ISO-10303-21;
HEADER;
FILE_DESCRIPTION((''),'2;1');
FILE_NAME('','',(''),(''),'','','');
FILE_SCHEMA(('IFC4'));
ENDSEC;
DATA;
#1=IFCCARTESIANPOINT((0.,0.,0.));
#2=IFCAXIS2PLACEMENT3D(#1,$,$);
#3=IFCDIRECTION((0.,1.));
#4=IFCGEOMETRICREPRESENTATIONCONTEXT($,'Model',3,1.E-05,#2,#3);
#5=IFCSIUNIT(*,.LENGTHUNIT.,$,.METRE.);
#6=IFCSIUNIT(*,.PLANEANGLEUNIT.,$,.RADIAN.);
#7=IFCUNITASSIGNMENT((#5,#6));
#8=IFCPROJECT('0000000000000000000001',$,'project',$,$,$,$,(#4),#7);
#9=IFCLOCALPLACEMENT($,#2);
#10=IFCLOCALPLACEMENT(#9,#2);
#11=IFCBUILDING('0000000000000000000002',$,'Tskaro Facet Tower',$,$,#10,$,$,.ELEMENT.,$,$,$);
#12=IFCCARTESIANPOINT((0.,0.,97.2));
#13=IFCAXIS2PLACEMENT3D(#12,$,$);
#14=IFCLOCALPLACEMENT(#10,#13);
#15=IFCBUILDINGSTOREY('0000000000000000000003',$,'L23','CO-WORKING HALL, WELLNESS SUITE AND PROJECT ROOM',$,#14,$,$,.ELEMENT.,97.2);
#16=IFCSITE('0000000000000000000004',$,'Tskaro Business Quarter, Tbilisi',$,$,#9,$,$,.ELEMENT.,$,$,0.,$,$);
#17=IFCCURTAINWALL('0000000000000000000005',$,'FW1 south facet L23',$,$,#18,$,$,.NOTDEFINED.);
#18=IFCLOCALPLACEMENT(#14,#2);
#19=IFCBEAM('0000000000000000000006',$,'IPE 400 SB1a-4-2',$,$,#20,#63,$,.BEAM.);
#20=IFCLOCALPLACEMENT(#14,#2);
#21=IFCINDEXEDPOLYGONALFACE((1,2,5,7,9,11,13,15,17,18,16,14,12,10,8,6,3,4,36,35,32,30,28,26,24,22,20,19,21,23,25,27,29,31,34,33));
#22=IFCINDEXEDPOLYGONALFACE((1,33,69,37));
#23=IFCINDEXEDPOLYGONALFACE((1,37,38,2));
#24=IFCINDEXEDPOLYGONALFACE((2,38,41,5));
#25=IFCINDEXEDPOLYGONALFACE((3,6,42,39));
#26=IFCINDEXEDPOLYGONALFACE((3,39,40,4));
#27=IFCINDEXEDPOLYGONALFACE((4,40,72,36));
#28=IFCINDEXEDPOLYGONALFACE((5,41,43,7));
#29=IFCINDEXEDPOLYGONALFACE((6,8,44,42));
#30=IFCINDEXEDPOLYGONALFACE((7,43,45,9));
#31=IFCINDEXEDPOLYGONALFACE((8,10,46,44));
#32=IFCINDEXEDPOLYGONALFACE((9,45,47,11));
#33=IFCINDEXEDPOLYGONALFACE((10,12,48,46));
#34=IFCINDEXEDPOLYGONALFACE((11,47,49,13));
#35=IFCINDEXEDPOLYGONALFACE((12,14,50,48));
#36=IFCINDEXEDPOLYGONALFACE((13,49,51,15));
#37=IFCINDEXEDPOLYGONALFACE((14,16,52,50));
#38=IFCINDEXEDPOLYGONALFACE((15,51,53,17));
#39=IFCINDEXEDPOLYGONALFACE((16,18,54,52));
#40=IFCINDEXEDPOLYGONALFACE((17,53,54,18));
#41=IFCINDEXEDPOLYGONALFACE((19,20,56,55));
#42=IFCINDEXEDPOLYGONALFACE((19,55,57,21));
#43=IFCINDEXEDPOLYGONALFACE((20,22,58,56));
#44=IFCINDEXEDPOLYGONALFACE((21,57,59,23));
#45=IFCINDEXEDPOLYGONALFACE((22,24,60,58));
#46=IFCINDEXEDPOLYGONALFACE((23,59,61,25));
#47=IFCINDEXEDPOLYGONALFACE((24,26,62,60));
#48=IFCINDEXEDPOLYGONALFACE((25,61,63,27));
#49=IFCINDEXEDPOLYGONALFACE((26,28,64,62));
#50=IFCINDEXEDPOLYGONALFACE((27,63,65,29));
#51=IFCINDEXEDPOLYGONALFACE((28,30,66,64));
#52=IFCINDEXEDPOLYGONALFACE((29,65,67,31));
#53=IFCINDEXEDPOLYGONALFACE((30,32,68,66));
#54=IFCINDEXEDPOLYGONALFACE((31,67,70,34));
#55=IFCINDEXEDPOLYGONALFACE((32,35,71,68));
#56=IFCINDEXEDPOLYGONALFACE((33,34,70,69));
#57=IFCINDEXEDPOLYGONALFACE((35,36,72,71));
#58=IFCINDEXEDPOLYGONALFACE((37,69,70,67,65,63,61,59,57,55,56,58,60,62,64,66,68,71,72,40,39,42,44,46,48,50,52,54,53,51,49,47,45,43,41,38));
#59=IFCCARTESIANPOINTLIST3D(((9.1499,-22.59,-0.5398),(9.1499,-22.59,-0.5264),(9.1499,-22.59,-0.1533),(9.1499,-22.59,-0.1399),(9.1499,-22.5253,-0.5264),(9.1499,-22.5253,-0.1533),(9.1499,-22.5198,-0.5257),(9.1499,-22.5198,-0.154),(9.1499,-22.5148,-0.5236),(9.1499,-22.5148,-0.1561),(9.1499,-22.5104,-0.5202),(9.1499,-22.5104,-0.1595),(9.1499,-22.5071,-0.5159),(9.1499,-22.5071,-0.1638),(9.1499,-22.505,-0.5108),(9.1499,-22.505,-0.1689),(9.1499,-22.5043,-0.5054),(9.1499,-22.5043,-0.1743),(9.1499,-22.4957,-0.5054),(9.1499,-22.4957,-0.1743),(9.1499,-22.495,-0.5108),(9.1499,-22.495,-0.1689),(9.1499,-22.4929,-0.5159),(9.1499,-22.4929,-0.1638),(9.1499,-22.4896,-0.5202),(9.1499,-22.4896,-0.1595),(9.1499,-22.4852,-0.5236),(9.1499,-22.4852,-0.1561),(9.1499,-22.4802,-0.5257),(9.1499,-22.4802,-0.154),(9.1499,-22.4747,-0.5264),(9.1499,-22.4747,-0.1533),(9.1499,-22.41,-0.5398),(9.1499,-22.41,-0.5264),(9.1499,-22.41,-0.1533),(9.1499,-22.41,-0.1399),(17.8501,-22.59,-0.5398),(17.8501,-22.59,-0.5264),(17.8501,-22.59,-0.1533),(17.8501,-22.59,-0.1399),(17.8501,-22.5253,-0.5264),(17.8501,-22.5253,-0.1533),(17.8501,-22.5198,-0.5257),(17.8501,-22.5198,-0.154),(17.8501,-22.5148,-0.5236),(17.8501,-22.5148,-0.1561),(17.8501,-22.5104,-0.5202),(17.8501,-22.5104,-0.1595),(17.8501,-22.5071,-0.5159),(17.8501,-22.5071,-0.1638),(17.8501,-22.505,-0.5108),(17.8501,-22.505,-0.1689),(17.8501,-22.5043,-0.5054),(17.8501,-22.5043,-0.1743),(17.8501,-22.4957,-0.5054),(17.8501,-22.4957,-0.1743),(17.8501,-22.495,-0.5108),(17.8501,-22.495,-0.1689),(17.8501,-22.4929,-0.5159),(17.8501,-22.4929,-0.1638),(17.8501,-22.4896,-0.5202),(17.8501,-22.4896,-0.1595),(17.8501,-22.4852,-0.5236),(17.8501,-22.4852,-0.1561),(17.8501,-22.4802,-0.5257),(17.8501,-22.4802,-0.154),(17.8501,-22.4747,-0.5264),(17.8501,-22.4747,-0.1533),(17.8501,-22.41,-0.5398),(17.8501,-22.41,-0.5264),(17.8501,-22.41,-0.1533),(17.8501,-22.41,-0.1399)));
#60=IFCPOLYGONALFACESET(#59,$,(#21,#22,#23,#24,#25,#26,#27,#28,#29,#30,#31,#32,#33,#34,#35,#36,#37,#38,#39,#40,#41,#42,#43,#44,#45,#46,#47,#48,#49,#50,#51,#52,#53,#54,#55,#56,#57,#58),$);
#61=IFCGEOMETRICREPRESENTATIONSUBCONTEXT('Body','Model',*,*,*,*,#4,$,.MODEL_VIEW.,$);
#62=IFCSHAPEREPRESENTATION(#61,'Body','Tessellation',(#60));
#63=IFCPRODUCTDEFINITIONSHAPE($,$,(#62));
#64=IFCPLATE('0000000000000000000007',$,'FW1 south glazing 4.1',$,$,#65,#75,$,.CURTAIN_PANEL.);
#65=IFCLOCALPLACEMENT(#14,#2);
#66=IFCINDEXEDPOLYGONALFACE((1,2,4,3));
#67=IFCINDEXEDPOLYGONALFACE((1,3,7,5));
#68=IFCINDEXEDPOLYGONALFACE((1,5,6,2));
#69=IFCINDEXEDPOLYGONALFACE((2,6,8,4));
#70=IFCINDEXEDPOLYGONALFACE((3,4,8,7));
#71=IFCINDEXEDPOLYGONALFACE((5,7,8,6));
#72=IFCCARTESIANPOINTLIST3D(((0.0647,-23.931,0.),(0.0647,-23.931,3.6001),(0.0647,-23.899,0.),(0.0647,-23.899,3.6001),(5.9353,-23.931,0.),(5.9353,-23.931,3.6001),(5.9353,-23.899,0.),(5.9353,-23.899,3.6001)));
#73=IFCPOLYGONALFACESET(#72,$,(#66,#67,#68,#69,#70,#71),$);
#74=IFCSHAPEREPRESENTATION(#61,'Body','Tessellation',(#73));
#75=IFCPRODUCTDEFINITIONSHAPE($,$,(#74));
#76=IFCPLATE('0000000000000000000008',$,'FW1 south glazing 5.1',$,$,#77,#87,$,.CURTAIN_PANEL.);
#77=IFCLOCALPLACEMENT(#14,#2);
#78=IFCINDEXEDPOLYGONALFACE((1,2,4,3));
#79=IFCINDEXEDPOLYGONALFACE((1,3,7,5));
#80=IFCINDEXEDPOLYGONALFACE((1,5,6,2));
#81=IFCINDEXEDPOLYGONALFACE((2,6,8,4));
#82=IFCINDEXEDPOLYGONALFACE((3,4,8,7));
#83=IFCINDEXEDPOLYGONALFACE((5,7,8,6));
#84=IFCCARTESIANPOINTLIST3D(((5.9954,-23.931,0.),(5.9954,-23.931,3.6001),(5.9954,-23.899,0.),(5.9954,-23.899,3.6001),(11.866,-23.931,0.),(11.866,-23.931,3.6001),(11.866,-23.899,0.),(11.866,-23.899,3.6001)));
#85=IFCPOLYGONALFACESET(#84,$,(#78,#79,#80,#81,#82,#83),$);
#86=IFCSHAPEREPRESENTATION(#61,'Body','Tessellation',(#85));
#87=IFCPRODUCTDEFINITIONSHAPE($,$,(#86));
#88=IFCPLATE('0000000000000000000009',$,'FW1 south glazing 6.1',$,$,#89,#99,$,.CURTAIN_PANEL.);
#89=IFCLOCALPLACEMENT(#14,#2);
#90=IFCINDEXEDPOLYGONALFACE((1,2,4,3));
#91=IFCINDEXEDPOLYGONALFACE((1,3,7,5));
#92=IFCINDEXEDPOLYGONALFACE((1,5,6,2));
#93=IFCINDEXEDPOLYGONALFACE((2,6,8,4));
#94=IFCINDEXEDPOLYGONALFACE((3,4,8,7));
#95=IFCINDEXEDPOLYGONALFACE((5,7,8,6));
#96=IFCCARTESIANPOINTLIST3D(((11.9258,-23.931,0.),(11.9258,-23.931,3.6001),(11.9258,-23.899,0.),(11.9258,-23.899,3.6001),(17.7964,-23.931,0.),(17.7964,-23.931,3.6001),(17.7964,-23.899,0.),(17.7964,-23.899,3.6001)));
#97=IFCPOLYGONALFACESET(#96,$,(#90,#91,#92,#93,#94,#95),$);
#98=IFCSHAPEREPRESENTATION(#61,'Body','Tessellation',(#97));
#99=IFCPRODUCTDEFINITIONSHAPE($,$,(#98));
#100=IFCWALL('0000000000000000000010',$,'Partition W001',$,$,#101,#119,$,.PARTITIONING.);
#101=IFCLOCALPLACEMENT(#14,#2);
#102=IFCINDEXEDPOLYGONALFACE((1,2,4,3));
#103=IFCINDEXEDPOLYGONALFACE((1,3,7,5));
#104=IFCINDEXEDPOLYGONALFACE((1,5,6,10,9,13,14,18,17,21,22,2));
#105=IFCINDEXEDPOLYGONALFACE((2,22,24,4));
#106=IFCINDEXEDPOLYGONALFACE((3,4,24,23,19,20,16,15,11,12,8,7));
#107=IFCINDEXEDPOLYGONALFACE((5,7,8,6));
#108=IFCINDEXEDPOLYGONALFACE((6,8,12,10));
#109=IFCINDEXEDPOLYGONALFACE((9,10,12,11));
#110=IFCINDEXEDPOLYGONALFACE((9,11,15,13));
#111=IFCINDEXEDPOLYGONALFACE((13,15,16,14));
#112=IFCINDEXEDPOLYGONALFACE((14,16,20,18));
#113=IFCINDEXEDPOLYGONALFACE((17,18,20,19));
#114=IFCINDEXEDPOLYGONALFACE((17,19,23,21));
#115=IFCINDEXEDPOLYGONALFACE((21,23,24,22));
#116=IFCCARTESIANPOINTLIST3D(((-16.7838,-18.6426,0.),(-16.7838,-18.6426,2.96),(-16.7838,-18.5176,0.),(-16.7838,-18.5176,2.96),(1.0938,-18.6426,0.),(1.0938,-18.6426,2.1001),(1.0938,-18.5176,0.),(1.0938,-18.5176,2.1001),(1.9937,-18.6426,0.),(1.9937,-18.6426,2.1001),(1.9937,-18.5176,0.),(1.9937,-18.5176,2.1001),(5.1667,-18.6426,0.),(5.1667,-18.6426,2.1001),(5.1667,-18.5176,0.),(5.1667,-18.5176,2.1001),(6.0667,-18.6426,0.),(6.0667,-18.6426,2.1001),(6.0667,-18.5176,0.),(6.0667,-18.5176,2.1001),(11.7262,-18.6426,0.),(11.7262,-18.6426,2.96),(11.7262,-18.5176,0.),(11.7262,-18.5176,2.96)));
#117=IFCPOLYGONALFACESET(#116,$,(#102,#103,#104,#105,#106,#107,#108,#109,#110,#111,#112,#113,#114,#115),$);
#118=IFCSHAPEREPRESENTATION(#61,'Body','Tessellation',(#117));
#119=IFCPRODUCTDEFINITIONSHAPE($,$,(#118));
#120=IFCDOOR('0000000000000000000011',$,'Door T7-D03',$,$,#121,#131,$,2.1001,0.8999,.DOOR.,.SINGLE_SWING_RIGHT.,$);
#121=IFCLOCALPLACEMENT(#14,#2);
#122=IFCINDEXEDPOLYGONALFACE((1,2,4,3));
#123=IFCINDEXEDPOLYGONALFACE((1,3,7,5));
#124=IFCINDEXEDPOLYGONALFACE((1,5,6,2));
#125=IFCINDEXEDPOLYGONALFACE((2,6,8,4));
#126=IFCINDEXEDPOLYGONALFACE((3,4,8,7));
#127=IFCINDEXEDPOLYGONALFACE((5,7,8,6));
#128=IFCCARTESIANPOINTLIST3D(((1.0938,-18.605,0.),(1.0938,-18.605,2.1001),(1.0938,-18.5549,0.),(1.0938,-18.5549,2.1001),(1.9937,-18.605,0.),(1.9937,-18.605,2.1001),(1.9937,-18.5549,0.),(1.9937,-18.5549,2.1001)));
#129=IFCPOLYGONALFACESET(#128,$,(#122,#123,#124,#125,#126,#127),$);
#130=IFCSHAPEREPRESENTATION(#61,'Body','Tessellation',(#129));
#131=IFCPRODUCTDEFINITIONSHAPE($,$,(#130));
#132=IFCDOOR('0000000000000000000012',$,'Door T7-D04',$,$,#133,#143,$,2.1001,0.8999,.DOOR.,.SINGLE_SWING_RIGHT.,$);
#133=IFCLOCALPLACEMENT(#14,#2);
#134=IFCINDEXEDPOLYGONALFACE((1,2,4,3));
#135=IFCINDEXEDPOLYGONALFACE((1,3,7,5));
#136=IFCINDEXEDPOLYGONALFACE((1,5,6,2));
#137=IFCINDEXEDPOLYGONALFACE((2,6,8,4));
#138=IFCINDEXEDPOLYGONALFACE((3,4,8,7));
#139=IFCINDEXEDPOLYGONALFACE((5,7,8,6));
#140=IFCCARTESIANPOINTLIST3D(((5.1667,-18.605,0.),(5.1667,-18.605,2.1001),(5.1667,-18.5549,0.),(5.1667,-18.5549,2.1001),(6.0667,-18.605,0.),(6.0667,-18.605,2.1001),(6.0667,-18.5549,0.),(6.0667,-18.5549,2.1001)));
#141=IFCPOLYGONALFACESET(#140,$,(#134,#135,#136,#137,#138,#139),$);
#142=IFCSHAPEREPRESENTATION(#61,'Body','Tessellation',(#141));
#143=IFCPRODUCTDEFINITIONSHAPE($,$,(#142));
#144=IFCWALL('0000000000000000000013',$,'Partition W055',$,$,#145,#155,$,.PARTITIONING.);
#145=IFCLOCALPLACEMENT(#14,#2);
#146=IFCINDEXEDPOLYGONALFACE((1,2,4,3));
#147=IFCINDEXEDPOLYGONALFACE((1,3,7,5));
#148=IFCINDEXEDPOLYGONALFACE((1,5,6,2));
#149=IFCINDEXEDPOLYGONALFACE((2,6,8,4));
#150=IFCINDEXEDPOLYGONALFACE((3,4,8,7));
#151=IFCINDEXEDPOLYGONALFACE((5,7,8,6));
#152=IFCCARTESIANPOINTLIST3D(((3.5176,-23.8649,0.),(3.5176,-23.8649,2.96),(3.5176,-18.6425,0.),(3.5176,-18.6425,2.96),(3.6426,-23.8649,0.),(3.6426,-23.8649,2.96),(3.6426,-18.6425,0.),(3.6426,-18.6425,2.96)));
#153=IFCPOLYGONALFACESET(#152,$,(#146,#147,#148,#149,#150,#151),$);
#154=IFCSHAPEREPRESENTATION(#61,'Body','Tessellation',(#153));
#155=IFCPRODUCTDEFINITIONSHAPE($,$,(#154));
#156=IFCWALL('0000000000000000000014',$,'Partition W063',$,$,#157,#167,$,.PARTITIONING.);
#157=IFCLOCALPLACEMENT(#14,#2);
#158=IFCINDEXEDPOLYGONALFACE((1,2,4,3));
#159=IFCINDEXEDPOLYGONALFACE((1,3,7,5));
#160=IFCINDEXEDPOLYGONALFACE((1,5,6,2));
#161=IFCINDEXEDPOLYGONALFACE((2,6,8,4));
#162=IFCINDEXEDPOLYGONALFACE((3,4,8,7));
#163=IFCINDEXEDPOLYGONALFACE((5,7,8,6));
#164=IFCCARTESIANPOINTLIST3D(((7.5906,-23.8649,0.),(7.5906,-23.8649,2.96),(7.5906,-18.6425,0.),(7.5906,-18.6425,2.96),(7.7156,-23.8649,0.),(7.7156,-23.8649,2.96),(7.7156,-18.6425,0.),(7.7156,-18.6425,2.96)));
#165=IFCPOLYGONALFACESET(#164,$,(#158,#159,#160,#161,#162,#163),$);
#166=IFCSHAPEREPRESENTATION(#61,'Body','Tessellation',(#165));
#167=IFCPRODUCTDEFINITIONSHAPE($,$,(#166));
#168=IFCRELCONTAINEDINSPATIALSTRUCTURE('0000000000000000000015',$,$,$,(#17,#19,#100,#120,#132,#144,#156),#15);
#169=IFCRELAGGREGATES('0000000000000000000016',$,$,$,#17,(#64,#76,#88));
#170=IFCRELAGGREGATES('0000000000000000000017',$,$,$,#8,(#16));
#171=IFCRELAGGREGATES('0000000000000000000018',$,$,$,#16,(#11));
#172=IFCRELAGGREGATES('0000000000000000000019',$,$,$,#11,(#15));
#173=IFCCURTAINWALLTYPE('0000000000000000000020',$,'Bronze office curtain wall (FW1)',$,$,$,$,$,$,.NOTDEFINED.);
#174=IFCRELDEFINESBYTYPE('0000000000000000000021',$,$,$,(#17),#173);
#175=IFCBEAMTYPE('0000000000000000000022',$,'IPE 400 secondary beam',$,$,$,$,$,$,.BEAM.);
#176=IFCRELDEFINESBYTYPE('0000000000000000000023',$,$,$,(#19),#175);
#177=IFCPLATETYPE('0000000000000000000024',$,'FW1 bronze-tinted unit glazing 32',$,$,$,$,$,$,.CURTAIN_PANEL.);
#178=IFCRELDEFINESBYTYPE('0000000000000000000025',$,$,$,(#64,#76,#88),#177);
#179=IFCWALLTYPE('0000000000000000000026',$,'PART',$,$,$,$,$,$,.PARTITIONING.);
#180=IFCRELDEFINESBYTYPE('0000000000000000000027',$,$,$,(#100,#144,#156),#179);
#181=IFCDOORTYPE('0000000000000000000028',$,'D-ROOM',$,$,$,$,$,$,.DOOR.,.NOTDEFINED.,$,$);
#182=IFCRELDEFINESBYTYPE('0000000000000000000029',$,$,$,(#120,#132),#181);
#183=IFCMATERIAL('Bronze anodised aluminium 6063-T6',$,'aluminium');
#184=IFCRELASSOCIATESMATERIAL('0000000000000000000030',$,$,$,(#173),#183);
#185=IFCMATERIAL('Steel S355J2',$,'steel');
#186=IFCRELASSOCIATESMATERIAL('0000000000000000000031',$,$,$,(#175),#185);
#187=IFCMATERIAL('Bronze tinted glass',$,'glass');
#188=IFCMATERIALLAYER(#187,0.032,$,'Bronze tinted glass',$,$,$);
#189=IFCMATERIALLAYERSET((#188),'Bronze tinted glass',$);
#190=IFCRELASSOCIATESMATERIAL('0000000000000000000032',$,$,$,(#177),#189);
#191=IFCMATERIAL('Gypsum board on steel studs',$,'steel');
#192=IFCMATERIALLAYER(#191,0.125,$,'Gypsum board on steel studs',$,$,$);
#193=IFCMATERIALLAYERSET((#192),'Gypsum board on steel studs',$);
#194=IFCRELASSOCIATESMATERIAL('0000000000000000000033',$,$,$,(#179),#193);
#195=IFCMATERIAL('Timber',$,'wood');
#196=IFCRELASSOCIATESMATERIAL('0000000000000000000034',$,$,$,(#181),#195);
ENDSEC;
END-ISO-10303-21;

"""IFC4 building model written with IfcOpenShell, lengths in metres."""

from ifc_helpers import new_model, si_unit, direction, frame, frame_2d, origin, origin_2d, place, context, subcontext, project, spatial, rectangle, i_section, extrude, material, layer, layer_set, material_profile, profile_set, type_object, element, fill, aggregate, save


model = new_model("IFC4")

# Units and contexts
model_context = context("Model", 3, precision=1e-05, world=origin(), true_north=direction((0.0, 1.0)))
body_context = subcontext(model_context, "Body", "Model", "MODEL_VIEW")
ifc_project = project(units=[si_unit("LENGTHUNIT", "METRE"), si_unit("PLANEANGLEUNIT", "RADIAN")], contexts=[model_context])

# Site, building, storey
site_placement = place(None, origin())
site = spatial("IfcSite", under=ifc_project, at=site_placement, Name="Tskaro Business Quarter, Tbilisi", CompositionType="ELEMENT", RefElevation=0.0)
building_placement = place(site_placement, origin())
building = spatial("IfcBuilding", under=site, at=building_placement, Name="Tskaro Facet Tower", CompositionType="ELEMENT")
storey_placement = place(building_placement, frame((0.0, 0.0, 97.2)))
storey = spatial("IfcBuildingStorey", under=building, at=storey_placement, Name="L23", Description="CO-WORKING HALL, WELLNESS SUITE AND PROJECT ROOM", CompositionType="ELEMENT", Elevation=97.2)

# Curtain wall
ifc_material_1 = material(Name="Bronze anodised aluminium 6063-T6", Category="aluminium")
curtain_wall_type = type_object("IfcCurtainWallType", Name="Bronze office curtain wall (FW1)", PredefinedType="NOTDEFINED", material=ifc_material_1)
curtain_wall_placement = place(storey_placement, origin())
curtain_wall = element("IfcCurtainWall", 1, at=curtain_wall_placement, inside=storey, type_object=curtain_wall_type, Name="FW1 south facet L23", PredefinedType="NOTDEFINED")

# Beam
ifc_material_2 = material(Name="Steel S355J2", Category="steel")
ifc_material_profile_1 = material_profile(ifc_material_2, i_section(OverallWidth=0.1799, OverallDepth=0.3999, WebThickness=0.0085, FlangeThickness=0.0134, FilletRadius=0.021, at=origin_2d()), Name="IPE 400")
ifc_profile_set_1 = profile_set([ifc_material_profile_1], Name="Steel S355J2")
beam_type_1 = type_object("IfcBeamType", Name="IPE 400 secondary beam", PredefinedType="BEAM", material=ifc_profile_set_1)
beam_1_placement = place(storey_placement, frame((9.1499, -22.5, -0.3398), z_axis=(1.0, 0.0, 0.0), x_axis=(0.0, 1.0, 0.0)))
element("IfcBeam", 2, at=beam_1_placement, inside=storey, type_object=beam_type_1, Name="IPE 400 SB1a-4-2", PredefinedType="BEAM", context=body_context, shape_type="SweptSolid", body=[
    extrude(i_section(OverallWidth=0.1799, OverallDepth=0.3999, WebThickness=0.0085, FlangeThickness=0.0134, FilletRadius=0.021, at=origin_2d()), origin(), (0.0, 0.0, 1.0), 8.7002),
])

# Plates
ifc_material_3 = material(Name="Bronze tinted glass", Category="glass")
ifc_layer_1 = layer(ifc_material_3, 0.032, Name="Bronze tinted glass")
ifc_layer_set_1 = layer_set([ifc_layer_1], Name="Bronze tinted glass")
plate_type = type_object("IfcPlateType", Name="FW1 bronze-tinted unit glazing 32", PredefinedType="CURTAIN_PANEL", material=ifc_layer_set_1)
plate_1_placement = place(storey_placement, frame((3.0, -23.915, 0.0), z_axis=(0.0, 0.0, 1.0), x_axis=(1.0, 0.0, 0.0)))
plate_1 = element("IfcPlate", 3, at=plate_1_placement, type_object=plate_type, Name="FW1 south glazing 4.1", PredefinedType="CURTAIN_PANEL", context=body_context, shape_type="SweptSolid", body=[
    extrude(rectangle(XDim=5.8706, YDim=0.032, at=origin_2d()), origin(), (0.0, 0.0, 1.0), 3.6001),
])
plate_2_placement = place(storey_placement, frame((8.9307, -23.915, 0.0), z_axis=(0.0, 0.0, 1.0), x_axis=(1.0, 0.0, 0.0)))
plate_2 = element("IfcPlate", 4, at=plate_2_placement, type_object=plate_type, Name="FW1 south glazing 5.1", PredefinedType="CURTAIN_PANEL", context=body_context, shape_type="SweptSolid", body=[
    extrude(rectangle(XDim=5.8706, YDim=0.032, at=origin_2d()), origin(), (0.0, 0.0, 1.0), 3.6001),
])
plate_3_placement = place(storey_placement, frame((14.8611, -23.915, 0.0), z_axis=(0.0, 0.0, 1.0), x_axis=(1.0, 0.0, 0.0)))
plate_3 = element("IfcPlate", 5, at=plate_3_placement, type_object=plate_type, Name="FW1 south glazing 6.1", PredefinedType="CURTAIN_PANEL", context=body_context, shape_type="SweptSolid", body=[
    extrude(rectangle(XDim=5.8706, YDim=0.032, at=origin_2d()), origin(), (0.0, 0.0, 1.0), 3.6001),
])
aggregate(curtain_wall, [plate_1, plate_2, plate_3])

# Wall, openings, doors
ifc_material_4 = material(Name="Gypsum board on steel studs", Category="steel")
ifc_layer_2 = layer(ifc_material_4, 0.125, Name="Gypsum board on steel studs")
ifc_layer_set_2 = layer_set([ifc_layer_2], Name="Gypsum board on steel studs")
wall_type = type_object("IfcWallType", Name="PART", PredefinedType="PARTITIONING", material=ifc_layer_set_2)
wall_1_placement = place(storey_placement, frame((11.7261, -18.5801, 0.0), z_axis=(0.0, 0.0, 1.0), x_axis=(-1.0, 0.0, 0.0)))
wall_1 = element("IfcWall", 6, at=wall_1_placement, inside=storey, type_object=wall_type, Name="Partition W001", PredefinedType="PARTITIONING", context=body_context, shape_type="SweptSolid", body=[
    extrude(rectangle(XDim=28.51, YDim=0.125, at=frame_2d((14.2549, 0.0))), origin(), (0.0, 0.0, 1.0), 2.96),
])
opening_1_placement = place(wall_1_placement, frame((9.7324, 0.0, 0.0)))
opening_1 = element("IfcOpeningElement", 7, at=opening_1_placement, cuts=wall_1, PredefinedType="OPENING", context=body_context, shape_type="SweptSolid", body=[
    extrude(rectangle(XDim=0.8999, YDim=2.1001, at=frame_2d((0.45, 1.05))), frame((0.0, 0.0725, 0.0), z_axis=(0.0, -1.0, 0.0), x_axis=(1.0, 0.0, 0.0)), (0.0, 0.0, 1.0), 0.145),
])
opening_2_placement = place(wall_1_placement, frame((5.6594, 0.0, 0.0)))
opening_2 = element("IfcOpeningElement", 8, at=opening_2_placement, cuts=wall_1, PredefinedType="OPENING", context=body_context, shape_type="SweptSolid", body=[
    extrude(rectangle(XDim=0.8999, YDim=2.1001, at=frame_2d((0.45, 1.05))), frame((0.0, 0.0725, 0.0), z_axis=(0.0, -1.0, 0.0), x_axis=(1.0, 0.0, 0.0)), (0.0, 0.0, 1.0), 0.145),
])
ifc_material_5 = material(Name="Timber", Category="wood")
door_type = type_object("IfcDoorType", Name="D-ROOM", OperationType="NOTDEFINED", PredefinedType="DOOR", material=ifc_material_5)
door_1_placement = place(opening_1_placement, origin())
door_1 = element("IfcDoor", 9, at=door_1_placement, inside=storey, type_object=door_type, Name="Door T7-D03", OperationType="SINGLE_SWING_RIGHT", OverallHeight=2.1001, OverallWidth=0.8999, PredefinedType="DOOR", context=body_context, shape_type="SweptSolid", body=[
    extrude(rectangle(XDim=0.8999, YDim=2.1001, at=frame_2d((0.45, 1.05))), frame((0.0, 0.0249, 0.0), z_axis=(0.0, -1.0, 0.0), x_axis=(1.0, 0.0, 0.0)), (0.0, 0.0, 1.0), 0.05),
])
fill(opening_1, door_1)
door_2_placement = place(opening_2_placement, origin())
door_2 = element("IfcDoor", 10, at=door_2_placement, inside=storey, type_object=door_type, Name="Door T7-D04", OperationType="SINGLE_SWING_RIGHT", OverallHeight=2.1001, OverallWidth=0.8999, PredefinedType="DOOR", context=body_context, shape_type="SweptSolid", body=[
    extrude(rectangle(XDim=0.8999, YDim=2.1001, at=frame_2d((0.45, 1.05))), frame((0.0, 0.0249, 0.0), z_axis=(0.0, -1.0, 0.0), x_axis=(1.0, 0.0, 0.0)), (0.0, 0.0, 1.0), 0.05),
])
fill(opening_2, door_2)

# Walls
for number, where, z_axis, x_axis, name in (
    (11, (3.5801, -23.865, 0.0), (0.0, 0.0, 1.0), (0.0, 1.0, 0.0), "Partition W055"),
    (12, (7.6531, -23.865, 0.0), (0.0, 0.0, 1.0), (0.0, 1.0, 0.0), "Partition W063"),
):
    element("IfcWall", number, at=place(storey_placement, frame(where, z_axis=z_axis, x_axis=x_axis)), inside=storey, type_object=wall_type, Name=name, PredefinedType="PARTITIONING", context=body_context, shape_type="SweptSolid", body=[
        extrude(rectangle(XDim=5.2224, YDim=0.125, at=frame_2d((2.6113, 0.0))), origin(), (0.0, 0.0, 1.0), 2.96),
    ])

save(model, "model.ifc")
